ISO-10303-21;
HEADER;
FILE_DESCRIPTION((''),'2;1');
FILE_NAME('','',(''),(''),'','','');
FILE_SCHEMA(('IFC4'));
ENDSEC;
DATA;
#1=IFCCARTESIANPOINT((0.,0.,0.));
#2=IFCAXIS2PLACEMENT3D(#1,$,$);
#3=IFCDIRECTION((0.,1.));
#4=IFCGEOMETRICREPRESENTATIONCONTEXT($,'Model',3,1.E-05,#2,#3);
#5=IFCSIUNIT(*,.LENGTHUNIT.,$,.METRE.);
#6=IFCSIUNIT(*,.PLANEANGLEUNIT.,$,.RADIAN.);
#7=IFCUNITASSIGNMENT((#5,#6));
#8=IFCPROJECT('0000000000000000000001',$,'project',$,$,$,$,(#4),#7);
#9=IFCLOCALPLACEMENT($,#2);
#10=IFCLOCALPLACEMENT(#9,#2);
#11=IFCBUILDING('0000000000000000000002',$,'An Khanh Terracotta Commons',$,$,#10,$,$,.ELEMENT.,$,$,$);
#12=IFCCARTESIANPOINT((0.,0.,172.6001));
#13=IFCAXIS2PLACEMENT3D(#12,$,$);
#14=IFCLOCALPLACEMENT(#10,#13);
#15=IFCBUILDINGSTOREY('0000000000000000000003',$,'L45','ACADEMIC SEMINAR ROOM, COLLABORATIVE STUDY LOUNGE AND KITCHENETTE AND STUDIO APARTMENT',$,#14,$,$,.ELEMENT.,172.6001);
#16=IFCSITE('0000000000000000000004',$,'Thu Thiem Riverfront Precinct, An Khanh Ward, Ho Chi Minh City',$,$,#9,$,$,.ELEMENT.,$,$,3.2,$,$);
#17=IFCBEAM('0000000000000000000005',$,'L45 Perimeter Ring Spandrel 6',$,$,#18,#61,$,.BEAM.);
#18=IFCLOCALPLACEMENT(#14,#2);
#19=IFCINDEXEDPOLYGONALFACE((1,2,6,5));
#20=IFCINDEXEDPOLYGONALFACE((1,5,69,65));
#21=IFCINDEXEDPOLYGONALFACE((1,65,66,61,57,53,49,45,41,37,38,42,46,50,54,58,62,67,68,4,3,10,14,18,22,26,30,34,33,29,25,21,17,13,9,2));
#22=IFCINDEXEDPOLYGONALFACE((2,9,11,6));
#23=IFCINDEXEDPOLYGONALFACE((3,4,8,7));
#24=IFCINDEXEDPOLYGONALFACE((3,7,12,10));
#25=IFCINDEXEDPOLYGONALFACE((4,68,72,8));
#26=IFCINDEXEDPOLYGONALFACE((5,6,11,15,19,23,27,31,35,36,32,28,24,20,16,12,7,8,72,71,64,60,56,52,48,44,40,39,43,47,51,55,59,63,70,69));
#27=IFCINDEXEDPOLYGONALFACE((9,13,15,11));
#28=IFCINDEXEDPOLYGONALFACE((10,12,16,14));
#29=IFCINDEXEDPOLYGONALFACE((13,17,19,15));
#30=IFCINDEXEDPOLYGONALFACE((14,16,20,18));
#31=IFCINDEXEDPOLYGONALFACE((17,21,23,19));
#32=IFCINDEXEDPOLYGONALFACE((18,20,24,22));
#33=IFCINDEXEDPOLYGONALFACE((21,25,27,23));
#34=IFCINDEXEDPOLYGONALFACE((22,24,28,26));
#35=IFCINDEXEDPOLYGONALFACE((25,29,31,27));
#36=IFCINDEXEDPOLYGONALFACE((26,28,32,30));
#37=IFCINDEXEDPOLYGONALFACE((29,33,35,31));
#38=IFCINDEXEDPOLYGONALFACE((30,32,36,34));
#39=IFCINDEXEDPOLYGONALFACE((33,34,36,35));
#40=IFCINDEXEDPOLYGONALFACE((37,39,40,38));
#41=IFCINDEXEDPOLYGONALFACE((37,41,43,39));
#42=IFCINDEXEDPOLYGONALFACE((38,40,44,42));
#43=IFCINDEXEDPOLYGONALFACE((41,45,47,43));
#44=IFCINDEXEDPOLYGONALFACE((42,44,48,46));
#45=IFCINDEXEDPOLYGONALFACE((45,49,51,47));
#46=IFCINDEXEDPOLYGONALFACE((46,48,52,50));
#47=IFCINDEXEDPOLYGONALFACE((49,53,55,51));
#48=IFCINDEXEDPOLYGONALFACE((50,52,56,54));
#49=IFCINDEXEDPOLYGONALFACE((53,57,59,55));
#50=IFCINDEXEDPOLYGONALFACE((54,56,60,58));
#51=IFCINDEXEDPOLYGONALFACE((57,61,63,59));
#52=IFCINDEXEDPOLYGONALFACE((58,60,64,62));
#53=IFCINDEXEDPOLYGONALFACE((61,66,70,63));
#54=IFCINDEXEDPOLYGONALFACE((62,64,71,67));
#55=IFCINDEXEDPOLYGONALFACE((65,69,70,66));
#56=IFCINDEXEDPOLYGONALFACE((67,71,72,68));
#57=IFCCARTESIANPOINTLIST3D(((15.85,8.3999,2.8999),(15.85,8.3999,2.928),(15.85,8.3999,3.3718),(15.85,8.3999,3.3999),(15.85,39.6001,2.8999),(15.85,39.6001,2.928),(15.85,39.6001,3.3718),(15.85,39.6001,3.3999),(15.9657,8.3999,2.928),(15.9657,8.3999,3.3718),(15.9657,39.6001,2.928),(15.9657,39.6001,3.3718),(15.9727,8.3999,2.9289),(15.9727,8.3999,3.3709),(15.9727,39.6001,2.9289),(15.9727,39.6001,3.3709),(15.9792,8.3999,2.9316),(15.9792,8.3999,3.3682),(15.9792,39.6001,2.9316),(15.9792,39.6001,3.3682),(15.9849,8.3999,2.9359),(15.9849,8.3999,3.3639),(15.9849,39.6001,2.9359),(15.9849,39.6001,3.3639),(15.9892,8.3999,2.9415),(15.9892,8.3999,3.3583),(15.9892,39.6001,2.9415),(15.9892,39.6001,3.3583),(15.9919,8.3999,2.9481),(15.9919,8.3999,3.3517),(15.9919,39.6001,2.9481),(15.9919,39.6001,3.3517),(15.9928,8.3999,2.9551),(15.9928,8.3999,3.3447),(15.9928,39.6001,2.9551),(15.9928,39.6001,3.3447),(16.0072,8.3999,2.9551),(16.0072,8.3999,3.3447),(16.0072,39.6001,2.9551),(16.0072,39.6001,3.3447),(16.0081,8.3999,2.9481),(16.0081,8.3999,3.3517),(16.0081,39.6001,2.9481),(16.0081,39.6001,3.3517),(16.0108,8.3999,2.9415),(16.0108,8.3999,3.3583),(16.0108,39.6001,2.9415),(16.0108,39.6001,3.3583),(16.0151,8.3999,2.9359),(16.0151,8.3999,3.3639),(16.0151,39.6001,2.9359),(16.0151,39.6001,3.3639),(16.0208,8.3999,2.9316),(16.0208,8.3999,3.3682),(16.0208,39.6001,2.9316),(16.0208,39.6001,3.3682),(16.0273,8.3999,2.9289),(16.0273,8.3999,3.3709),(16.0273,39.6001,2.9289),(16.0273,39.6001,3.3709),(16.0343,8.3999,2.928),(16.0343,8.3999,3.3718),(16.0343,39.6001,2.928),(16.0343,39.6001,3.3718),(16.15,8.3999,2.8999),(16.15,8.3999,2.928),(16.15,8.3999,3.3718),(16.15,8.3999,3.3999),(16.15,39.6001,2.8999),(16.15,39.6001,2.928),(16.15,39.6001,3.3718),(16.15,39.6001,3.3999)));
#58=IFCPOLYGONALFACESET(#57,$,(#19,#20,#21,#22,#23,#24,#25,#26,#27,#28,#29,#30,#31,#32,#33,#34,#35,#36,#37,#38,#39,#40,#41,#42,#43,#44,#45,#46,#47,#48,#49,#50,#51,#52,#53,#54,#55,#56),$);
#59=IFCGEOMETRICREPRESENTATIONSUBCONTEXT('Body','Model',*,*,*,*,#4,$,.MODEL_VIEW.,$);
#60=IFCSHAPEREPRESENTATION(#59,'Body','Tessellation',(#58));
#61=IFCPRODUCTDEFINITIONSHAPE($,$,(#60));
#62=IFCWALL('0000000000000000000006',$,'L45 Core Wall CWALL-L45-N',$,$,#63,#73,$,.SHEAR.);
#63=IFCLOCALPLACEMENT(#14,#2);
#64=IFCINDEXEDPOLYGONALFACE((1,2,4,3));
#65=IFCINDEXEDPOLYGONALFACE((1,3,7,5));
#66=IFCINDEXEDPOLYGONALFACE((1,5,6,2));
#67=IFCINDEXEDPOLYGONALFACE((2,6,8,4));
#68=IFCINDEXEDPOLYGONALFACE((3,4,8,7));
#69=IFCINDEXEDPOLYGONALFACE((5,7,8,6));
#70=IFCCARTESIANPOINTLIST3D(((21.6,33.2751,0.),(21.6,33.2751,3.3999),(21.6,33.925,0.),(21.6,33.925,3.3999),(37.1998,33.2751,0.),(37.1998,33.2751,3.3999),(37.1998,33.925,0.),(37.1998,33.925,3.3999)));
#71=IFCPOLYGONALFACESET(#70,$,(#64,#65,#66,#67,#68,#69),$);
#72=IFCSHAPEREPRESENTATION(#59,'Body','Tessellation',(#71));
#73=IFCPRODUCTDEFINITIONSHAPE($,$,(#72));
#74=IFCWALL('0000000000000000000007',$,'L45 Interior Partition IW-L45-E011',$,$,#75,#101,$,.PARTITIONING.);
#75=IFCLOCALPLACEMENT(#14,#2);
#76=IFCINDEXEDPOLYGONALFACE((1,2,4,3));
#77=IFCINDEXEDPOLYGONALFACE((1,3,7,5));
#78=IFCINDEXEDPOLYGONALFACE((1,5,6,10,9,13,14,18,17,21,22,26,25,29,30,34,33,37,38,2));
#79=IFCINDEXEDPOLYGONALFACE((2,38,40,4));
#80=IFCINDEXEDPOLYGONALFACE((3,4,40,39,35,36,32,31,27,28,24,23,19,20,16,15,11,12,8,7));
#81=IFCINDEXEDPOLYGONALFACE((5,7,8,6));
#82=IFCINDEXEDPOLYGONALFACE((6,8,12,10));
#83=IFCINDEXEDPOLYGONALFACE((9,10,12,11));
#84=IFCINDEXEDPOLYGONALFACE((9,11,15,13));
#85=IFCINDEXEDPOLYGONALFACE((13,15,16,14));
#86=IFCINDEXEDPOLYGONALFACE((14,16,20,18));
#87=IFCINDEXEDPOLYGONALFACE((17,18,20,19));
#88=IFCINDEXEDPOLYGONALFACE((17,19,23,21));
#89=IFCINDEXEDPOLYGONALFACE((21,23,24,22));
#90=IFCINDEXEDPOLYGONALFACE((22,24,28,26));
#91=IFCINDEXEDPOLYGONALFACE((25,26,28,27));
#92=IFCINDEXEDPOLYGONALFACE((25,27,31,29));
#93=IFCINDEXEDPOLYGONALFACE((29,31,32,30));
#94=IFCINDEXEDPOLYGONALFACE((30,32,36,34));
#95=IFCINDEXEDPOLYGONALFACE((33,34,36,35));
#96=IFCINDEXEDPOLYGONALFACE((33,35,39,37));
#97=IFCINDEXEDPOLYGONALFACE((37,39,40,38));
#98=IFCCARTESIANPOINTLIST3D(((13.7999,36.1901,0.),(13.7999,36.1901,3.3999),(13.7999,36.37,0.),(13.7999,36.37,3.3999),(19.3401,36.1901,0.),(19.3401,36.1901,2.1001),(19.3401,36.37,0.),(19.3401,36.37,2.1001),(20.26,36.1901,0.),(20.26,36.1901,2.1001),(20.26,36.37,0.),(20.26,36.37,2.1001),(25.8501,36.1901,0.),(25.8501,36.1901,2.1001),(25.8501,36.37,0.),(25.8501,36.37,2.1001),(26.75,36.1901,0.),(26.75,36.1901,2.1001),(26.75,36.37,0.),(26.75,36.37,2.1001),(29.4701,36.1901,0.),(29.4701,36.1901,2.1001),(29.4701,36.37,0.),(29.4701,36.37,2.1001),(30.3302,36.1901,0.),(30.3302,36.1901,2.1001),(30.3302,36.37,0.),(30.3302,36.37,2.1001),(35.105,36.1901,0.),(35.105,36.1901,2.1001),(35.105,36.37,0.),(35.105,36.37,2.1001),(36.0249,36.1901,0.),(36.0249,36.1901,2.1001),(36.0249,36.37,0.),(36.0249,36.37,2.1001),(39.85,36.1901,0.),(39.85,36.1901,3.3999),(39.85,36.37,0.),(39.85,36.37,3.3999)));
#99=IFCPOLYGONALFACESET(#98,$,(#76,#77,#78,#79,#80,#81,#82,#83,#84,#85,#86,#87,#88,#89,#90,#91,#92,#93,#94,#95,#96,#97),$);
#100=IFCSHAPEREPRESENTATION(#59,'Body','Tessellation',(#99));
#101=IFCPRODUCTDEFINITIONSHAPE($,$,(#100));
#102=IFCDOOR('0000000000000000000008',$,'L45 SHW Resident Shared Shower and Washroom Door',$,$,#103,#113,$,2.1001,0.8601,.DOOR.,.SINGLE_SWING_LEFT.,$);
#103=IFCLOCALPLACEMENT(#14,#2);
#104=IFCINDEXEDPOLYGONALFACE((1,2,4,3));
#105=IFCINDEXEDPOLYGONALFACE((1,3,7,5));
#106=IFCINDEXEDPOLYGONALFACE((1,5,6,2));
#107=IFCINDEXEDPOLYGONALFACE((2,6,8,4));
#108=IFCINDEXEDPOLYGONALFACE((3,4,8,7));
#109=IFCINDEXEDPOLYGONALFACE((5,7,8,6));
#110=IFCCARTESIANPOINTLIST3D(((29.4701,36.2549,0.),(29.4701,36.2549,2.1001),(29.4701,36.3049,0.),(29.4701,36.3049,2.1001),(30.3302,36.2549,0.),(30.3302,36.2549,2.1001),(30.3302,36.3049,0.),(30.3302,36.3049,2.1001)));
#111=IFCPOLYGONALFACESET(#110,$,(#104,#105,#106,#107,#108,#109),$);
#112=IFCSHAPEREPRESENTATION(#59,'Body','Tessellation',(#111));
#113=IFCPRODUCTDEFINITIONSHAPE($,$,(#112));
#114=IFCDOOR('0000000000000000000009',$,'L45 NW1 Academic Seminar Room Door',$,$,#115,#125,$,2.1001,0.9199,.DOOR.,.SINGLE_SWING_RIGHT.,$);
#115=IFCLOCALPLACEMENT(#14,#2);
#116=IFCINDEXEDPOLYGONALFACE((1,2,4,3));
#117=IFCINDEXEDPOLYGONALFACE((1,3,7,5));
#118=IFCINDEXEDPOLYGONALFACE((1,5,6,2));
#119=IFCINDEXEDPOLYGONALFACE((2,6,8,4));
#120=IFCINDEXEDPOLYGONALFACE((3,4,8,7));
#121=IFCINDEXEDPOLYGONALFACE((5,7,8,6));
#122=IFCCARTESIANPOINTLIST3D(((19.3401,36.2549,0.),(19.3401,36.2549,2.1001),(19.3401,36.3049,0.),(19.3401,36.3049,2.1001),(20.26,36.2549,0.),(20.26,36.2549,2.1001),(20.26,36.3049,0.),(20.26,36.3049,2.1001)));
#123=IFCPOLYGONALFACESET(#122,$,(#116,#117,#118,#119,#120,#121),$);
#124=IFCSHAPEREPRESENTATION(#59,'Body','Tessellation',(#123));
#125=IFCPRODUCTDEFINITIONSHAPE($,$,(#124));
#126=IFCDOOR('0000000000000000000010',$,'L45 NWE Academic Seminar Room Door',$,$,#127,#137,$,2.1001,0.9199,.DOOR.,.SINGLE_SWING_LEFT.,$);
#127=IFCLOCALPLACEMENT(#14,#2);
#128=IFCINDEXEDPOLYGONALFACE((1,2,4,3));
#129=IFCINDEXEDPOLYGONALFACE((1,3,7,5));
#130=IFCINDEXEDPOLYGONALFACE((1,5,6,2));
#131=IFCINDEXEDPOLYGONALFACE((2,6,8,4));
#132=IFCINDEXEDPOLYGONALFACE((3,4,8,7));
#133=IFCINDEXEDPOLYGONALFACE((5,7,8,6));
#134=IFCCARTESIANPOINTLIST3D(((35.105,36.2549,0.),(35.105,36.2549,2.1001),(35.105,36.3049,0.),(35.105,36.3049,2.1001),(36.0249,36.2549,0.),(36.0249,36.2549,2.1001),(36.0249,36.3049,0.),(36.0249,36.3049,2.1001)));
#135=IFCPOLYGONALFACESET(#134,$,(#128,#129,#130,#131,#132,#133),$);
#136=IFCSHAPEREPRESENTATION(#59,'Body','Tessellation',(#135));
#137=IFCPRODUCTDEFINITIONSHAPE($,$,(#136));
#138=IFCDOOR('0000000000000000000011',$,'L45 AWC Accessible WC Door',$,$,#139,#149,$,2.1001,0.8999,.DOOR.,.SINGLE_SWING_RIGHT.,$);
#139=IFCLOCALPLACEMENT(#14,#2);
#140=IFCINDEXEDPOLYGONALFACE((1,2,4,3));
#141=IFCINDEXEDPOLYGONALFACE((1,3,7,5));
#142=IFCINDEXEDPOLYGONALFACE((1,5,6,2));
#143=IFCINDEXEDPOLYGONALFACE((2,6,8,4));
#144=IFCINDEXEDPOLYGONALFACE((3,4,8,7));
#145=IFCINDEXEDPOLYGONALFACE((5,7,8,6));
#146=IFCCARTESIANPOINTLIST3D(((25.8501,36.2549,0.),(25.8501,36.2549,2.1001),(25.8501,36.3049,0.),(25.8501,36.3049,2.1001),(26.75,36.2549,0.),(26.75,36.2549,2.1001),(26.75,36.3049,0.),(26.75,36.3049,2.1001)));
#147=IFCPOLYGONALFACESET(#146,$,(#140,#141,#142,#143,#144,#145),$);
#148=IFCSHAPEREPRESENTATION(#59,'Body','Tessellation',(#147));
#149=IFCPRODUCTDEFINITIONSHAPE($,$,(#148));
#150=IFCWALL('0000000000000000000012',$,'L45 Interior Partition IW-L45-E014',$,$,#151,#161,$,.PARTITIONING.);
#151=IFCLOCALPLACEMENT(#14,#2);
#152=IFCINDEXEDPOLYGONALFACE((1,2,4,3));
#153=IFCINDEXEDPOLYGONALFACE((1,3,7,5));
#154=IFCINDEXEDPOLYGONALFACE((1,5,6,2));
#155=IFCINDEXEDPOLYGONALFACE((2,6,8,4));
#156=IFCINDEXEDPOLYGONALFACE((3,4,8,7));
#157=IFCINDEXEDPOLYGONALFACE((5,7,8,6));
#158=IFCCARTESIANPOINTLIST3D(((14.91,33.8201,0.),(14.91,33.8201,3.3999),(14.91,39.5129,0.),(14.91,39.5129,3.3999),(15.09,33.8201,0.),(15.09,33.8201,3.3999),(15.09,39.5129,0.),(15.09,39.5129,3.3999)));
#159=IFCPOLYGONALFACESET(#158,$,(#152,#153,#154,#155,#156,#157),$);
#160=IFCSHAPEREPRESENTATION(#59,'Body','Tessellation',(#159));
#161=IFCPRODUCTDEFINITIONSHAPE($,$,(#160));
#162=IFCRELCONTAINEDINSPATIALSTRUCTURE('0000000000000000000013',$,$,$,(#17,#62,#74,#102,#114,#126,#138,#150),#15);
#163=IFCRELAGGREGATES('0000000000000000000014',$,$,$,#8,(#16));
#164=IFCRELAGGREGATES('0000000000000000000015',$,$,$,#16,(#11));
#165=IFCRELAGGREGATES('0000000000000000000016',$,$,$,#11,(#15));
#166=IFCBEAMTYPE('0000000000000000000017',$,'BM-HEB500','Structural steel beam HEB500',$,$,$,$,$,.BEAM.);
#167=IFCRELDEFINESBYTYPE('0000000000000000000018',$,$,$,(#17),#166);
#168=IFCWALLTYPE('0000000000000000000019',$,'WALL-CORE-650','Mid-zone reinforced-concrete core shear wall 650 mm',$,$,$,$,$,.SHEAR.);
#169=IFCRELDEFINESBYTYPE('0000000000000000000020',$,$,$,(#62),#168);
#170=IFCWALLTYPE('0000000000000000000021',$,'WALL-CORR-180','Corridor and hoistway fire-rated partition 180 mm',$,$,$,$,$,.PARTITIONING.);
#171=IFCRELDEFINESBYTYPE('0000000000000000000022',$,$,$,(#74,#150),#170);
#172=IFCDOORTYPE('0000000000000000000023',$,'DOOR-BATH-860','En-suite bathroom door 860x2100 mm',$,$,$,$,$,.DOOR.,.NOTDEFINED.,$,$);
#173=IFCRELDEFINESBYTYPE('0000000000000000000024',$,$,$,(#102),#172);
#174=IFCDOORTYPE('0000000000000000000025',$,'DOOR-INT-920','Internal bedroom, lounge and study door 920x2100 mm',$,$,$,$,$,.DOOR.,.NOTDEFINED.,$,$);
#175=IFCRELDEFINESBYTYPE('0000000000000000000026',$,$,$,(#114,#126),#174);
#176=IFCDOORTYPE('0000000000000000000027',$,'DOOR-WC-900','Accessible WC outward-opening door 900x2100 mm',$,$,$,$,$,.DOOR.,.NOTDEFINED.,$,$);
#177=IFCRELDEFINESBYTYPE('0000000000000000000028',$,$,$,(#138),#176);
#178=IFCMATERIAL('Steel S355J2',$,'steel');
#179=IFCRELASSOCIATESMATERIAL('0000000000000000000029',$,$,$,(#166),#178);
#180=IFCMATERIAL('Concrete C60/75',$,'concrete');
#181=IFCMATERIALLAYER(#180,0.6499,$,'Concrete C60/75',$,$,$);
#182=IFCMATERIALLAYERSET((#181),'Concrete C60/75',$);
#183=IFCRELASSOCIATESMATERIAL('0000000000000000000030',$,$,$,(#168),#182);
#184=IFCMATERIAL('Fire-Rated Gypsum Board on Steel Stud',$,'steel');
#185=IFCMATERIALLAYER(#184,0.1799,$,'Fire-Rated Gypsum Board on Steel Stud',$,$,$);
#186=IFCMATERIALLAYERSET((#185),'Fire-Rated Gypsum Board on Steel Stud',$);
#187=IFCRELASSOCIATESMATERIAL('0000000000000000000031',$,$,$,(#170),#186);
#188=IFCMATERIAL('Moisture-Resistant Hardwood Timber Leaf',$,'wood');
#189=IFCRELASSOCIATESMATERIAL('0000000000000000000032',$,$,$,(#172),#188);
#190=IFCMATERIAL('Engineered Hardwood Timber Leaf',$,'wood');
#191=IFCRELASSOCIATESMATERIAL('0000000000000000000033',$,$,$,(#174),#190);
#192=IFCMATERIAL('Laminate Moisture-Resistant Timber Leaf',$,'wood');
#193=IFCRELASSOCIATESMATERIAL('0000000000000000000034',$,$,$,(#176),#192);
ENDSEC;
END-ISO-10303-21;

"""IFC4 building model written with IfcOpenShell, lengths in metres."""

from ifc_helpers import new_model, si_unit, direction, frame, frame_2d, origin, origin_2d, place, context, subcontext, project, spatial, rectangle, i_section, extrude, material, layer, layer_set, material_profile, profile_set, type_object, element, fill, save


model = new_model("IFC4")

# Units and contexts
model_context = context("Model", 3, precision=1e-05, world=origin(), true_north=direction((0.0, 1.0)))
body_context = subcontext(model_context, "Body", "Model", "MODEL_VIEW")
ifc_project = project(units=[si_unit("LENGTHUNIT", "METRE"), si_unit("PLANEANGLEUNIT", "RADIAN")], contexts=[model_context])

# Site, building, storey
site_placement = place(None, origin())
site = spatial("IfcSite", under=ifc_project, at=site_placement, Name="Thu Thiem Riverfront Precinct, An Khanh Ward, Ho Chi Minh City", CompositionType="ELEMENT", RefElevation=3.2)
building_placement = place(site_placement, origin())
building = spatial("IfcBuilding", under=site, at=building_placement, Name="An Khanh Terracotta Commons", CompositionType="ELEMENT")
storey_placement = place(building_placement, frame((0.0, 0.0, 172.6001)))
storey = spatial("IfcBuildingStorey", under=building, at=storey_placement, Name="L45", Description="ACADEMIC SEMINAR ROOM, COLLABORATIVE STUDY LOUNGE AND KITCHENETTE AND STUDIO APARTMENT", CompositionType="ELEMENT", Elevation=172.6001)

# Shared definitions
ifc_material_1 = material(Name="Concrete C60/75", Category="concrete")

# Beam
ifc_material_2 = material(Name="Steel S355J2", Category="steel")
ifc_material_profile_1 = material_profile(ifc_material_2, i_section(OverallWidth=0.3, OverallDepth=0.5, WebThickness=0.0144, FlangeThickness=0.0281, FilletRadius=0.0271, at=origin_2d()), Name="HEB500")
ifc_profile_set_1 = profile_set([ifc_material_profile_1], Name="Steel S355J2")
beam_type_1 = type_object("IfcBeamType", Name="BM-HEB500", Description="Structural steel beam HEB500", PredefinedType="BEAM", material=ifc_profile_set_1)
beam_1_placement = place(storey_placement, frame((16.0, 39.6001, 3.1499), z_axis=(0.0, -1.0, 0.0), x_axis=(1.0, 0.0, 0.0)))
element("IfcBeam", 1, at=beam_1_placement, inside=storey, type_object=beam_type_1, Name="L45 Perimeter Ring Spandrel 6", PredefinedType="BEAM", context=body_context, shape_type="SweptSolid", body=[
    extrude(i_section(OverallWidth=0.3, OverallDepth=0.5, WebThickness=0.0144, FlangeThickness=0.0281, FilletRadius=0.0271, at=origin_2d()), origin(), (0.0, 0.0, 1.0), 31.2002),
])

# Wall
ifc_layer_1 = layer(ifc_material_1, 0.6499, Name="Concrete C60/75")
ifc_layer_set_1 = layer_set([ifc_layer_1], Name="Concrete C60/75")
wall_type_1 = type_object("IfcWallType", Name="WALL-CORE-650", Description="Mid-zone reinforced-concrete core shear wall 650 mm", PredefinedType="SHEAR", material=ifc_layer_set_1)
wall_1_placement = place(storey_placement, frame((21.6001, 33.6001, 0.0), z_axis=(0.0, 0.0, 1.0), x_axis=(1.0, 0.0, 0.0)))
element("IfcWall", 2, at=wall_1_placement, inside=storey, type_object=wall_type_1, Name="L45 Core Wall CWALL-L45-N", PredefinedType="SHEAR", context=body_context, shape_type="SweptSolid", body=[
    extrude(rectangle(XDim=15.5999, YDim=0.6499, at=frame_2d((7.7998, 0.0))), origin(), (0.0, 0.0, 1.0), 3.3999),
])

# Wall, openings, doors
ifc_material_3 = material(Name="Fire-Rated Gypsum Board on Steel Stud", Category="steel")
ifc_layer_2 = layer(ifc_material_3, 0.1799, Name="Fire-Rated Gypsum Board on Steel Stud")
ifc_layer_set_2 = layer_set([ifc_layer_2], Name="Fire-Rated Gypsum Board on Steel Stud")
wall_type_2 = type_object("IfcWallType", Name="WALL-CORR-180", Description="Corridor and hoistway fire-rated partition 180 mm", PredefinedType="PARTITIONING", material=ifc_layer_set_2)
wall_2_placement = place(storey_placement, frame((13.8, 36.28, 0.0), z_axis=(0.0, 0.0, 1.0), x_axis=(1.0, 0.0, 0.0)))
wall_2 = element("IfcWall", 3, at=wall_2_placement, inside=storey, type_object=wall_type_2, Name="L45 Interior Partition IW-L45-E011", PredefinedType="PARTITIONING", context=body_context, shape_type="SweptSolid", body=[
    extrude(rectangle(XDim=26.05, YDim=0.1799, at=frame_2d((13.0249, 0.0))), origin(), (0.0, 0.0, 1.0), 3.3999),
])
opening_1_placement = place(wall_2_placement, frame((12.05, 0.0, 0.0)))
opening_1 = element("IfcOpeningElement", 4, at=opening_1_placement, cuts=wall_2, PredefinedType="OPENING", context=body_context, shape_type="SweptSolid", body=[
    extrude(rectangle(XDim=0.8999, YDim=2.1001, at=frame_2d((0.45, 1.05))), frame((0.0, 0.0999, 0.0), z_axis=(0.0, -1.0, 0.0), x_axis=(1.0, 0.0, 0.0)), (0.0, 0.0, 1.0), 0.2),
])
opening_2_placement = place(wall_2_placement, frame((15.6699, 0.0, 0.0)))
opening_2 = element("IfcOpeningElement", 5, at=opening_2_placement, cuts=wall_2, PredefinedType="OPENING", context=body_context, shape_type="SweptSolid", body=[
    extrude(rectangle(XDim=0.8601, YDim=2.1001, at=frame_2d((0.4302, 1.05))), frame((0.0, 0.0999, 0.0), z_axis=(0.0, -1.0, 0.0), x_axis=(1.0, 0.0, 0.0)), (0.0, 0.0, 1.0), 0.2),
])
opening_3_placement = place(wall_2_placement, frame((5.54, 0.0, 0.0)))
opening_3 = element("IfcOpeningElement", 6, at=opening_3_placement, cuts=wall_2, PredefinedType="OPENING", context=body_context, shape_type="SweptSolid", body=[
    extrude(rectangle(XDim=0.9199, YDim=2.1001, at=frame_2d((0.46, 1.05))), frame((0.0, 0.0999, 0.0), z_axis=(0.0, -1.0, 0.0), x_axis=(1.0, 0.0, 0.0)), (0.0, 0.0, 1.0), 0.2),
])
opening_4_placement = place(wall_2_placement, frame((21.3049, 0.0, 0.0)))
opening_4 = element("IfcOpeningElement", 7, at=opening_4_placement, cuts=wall_2, PredefinedType="OPENING", context=body_context, shape_type="SweptSolid", body=[
    extrude(rectangle(XDim=0.9199, YDim=2.1001, at=frame_2d((0.46, 1.05))), frame((0.0, 0.0999, 0.0), z_axis=(0.0, -1.0, 0.0), x_axis=(1.0, 0.0, 0.0)), (0.0, 0.0, 1.0), 0.2),
])
ifc_material_4 = material(Name="Moisture-Resistant Hardwood Timber Leaf", Category="wood")
door_type_1 = type_object("IfcDoorType", Name="DOOR-BATH-860", Description="En-suite bathroom door 860x2100 mm", OperationType="NOTDEFINED", PredefinedType="DOOR", material=ifc_material_4)
door_1_placement = place(opening_2_placement, origin())
door_1 = element("IfcDoor", 8, at=door_1_placement, inside=storey, type_object=door_type_1, Name="L45 SHW Resident Shared Shower and Washroom Door", OperationType="SINGLE_SWING_LEFT", OverallHeight=2.1001, OverallWidth=0.8601, PredefinedType="DOOR", context=body_context, shape_type="SweptSolid", body=[
    extrude(rectangle(XDim=0.8601, YDim=2.1001, at=frame_2d((0.4302, 1.05))), frame((0.0, 0.0249, 0.0), z_axis=(0.0, -1.0, 0.0), x_axis=(1.0, 0.0, 0.0)), (0.0, 0.0, 1.0), 0.05),
])
fill(opening_2, door_1)
ifc_material_5 = material(Name="Engineered Hardwood Timber Leaf", Category="wood")
door_type_2 = type_object("IfcDoorType", Name="DOOR-INT-920", Description="Internal bedroom, lounge and study door 920x2100 mm", OperationType="NOTDEFINED", PredefinedType="DOOR", material=ifc_material_5)
door_2_placement = place(opening_3_placement, origin())
door_2 = element("IfcDoor", 9, at=door_2_placement, inside=storey, type_object=door_type_2, Name="L45 NW1 Academic Seminar Room Door", OperationType="SINGLE_SWING_RIGHT", OverallHeight=2.1001, OverallWidth=0.9199, PredefinedType="DOOR", context=body_context, shape_type="SweptSolid", body=[
    extrude(rectangle(XDim=0.9199, YDim=2.1001, at=frame_2d((0.46, 1.05))), frame((0.0, 0.0249, 0.0), z_axis=(0.0, -1.0, 0.0), x_axis=(1.0, 0.0, 0.0)), (0.0, 0.0, 1.0), 0.05),
])
fill(opening_3, door_2)
door_3_placement = place(opening_4_placement, origin())
door_3 = element("IfcDoor", 10, at=door_3_placement, inside=storey, type_object=door_type_2, Name="L45 NWE Academic Seminar Room Door", OperationType="SINGLE_SWING_LEFT", OverallHeight=2.1001, OverallWidth=0.9199, PredefinedType="DOOR", context=body_context, shape_type="SweptSolid", body=[
    extrude(rectangle(XDim=0.9199, YDim=2.1001, at=frame_2d((0.46, 1.05))), frame((0.0, 0.0249, 0.0), z_axis=(0.0, -1.0, 0.0), x_axis=(1.0, 0.0, 0.0)), (0.0, 0.0, 1.0), 0.05),
])
fill(opening_4, door_3)
ifc_material_6 = material(Name="Laminate Moisture-Resistant Timber Leaf", Category="wood")
door_type_3 = type_object("IfcDoorType", Name="DOOR-WC-900", Description="Accessible WC outward-opening door 900x2100 mm", OperationType="NOTDEFINED", PredefinedType="DOOR", material=ifc_material_6)
door_4_placement = place(opening_1_placement, origin())
door_4 = element("IfcDoor", 11, at=door_4_placement, inside=storey, type_object=door_type_3, Name="L45 AWC Accessible WC Door", OperationType="SINGLE_SWING_RIGHT", OverallHeight=2.1001, OverallWidth=0.8999, PredefinedType="DOOR", context=body_context, shape_type="SweptSolid", body=[
    extrude(rectangle(XDim=0.8999, YDim=2.1001, at=frame_2d((0.45, 1.05))), frame((0.0, 0.0249, 0.0), z_axis=(0.0, -1.0, 0.0), x_axis=(1.0, 0.0, 0.0)), (0.0, 0.0, 1.0), 0.05),
])
fill(opening_1, door_4)

# Wall
wall_3_placement = place(storey_placement, frame((15.0, 33.8201, 0.0), z_axis=(0.0, 0.0, 1.0), x_axis=(0.0, 1.0, 0.0)))
element("IfcWall", 12, at=wall_3_placement, inside=storey, type_object=wall_type_2, Name="L45 Interior Partition IW-L45-E014", PredefinedType="PARTITIONING", context=body_context, shape_type="SweptSolid", body=[
    extrude(rectangle(XDim=5.6929, YDim=0.1799, at=frame_2d((2.8464, 0.0))), origin(), (0.0, 0.0, 1.0), 3.3999),
])

save(model, "model.ifc")
